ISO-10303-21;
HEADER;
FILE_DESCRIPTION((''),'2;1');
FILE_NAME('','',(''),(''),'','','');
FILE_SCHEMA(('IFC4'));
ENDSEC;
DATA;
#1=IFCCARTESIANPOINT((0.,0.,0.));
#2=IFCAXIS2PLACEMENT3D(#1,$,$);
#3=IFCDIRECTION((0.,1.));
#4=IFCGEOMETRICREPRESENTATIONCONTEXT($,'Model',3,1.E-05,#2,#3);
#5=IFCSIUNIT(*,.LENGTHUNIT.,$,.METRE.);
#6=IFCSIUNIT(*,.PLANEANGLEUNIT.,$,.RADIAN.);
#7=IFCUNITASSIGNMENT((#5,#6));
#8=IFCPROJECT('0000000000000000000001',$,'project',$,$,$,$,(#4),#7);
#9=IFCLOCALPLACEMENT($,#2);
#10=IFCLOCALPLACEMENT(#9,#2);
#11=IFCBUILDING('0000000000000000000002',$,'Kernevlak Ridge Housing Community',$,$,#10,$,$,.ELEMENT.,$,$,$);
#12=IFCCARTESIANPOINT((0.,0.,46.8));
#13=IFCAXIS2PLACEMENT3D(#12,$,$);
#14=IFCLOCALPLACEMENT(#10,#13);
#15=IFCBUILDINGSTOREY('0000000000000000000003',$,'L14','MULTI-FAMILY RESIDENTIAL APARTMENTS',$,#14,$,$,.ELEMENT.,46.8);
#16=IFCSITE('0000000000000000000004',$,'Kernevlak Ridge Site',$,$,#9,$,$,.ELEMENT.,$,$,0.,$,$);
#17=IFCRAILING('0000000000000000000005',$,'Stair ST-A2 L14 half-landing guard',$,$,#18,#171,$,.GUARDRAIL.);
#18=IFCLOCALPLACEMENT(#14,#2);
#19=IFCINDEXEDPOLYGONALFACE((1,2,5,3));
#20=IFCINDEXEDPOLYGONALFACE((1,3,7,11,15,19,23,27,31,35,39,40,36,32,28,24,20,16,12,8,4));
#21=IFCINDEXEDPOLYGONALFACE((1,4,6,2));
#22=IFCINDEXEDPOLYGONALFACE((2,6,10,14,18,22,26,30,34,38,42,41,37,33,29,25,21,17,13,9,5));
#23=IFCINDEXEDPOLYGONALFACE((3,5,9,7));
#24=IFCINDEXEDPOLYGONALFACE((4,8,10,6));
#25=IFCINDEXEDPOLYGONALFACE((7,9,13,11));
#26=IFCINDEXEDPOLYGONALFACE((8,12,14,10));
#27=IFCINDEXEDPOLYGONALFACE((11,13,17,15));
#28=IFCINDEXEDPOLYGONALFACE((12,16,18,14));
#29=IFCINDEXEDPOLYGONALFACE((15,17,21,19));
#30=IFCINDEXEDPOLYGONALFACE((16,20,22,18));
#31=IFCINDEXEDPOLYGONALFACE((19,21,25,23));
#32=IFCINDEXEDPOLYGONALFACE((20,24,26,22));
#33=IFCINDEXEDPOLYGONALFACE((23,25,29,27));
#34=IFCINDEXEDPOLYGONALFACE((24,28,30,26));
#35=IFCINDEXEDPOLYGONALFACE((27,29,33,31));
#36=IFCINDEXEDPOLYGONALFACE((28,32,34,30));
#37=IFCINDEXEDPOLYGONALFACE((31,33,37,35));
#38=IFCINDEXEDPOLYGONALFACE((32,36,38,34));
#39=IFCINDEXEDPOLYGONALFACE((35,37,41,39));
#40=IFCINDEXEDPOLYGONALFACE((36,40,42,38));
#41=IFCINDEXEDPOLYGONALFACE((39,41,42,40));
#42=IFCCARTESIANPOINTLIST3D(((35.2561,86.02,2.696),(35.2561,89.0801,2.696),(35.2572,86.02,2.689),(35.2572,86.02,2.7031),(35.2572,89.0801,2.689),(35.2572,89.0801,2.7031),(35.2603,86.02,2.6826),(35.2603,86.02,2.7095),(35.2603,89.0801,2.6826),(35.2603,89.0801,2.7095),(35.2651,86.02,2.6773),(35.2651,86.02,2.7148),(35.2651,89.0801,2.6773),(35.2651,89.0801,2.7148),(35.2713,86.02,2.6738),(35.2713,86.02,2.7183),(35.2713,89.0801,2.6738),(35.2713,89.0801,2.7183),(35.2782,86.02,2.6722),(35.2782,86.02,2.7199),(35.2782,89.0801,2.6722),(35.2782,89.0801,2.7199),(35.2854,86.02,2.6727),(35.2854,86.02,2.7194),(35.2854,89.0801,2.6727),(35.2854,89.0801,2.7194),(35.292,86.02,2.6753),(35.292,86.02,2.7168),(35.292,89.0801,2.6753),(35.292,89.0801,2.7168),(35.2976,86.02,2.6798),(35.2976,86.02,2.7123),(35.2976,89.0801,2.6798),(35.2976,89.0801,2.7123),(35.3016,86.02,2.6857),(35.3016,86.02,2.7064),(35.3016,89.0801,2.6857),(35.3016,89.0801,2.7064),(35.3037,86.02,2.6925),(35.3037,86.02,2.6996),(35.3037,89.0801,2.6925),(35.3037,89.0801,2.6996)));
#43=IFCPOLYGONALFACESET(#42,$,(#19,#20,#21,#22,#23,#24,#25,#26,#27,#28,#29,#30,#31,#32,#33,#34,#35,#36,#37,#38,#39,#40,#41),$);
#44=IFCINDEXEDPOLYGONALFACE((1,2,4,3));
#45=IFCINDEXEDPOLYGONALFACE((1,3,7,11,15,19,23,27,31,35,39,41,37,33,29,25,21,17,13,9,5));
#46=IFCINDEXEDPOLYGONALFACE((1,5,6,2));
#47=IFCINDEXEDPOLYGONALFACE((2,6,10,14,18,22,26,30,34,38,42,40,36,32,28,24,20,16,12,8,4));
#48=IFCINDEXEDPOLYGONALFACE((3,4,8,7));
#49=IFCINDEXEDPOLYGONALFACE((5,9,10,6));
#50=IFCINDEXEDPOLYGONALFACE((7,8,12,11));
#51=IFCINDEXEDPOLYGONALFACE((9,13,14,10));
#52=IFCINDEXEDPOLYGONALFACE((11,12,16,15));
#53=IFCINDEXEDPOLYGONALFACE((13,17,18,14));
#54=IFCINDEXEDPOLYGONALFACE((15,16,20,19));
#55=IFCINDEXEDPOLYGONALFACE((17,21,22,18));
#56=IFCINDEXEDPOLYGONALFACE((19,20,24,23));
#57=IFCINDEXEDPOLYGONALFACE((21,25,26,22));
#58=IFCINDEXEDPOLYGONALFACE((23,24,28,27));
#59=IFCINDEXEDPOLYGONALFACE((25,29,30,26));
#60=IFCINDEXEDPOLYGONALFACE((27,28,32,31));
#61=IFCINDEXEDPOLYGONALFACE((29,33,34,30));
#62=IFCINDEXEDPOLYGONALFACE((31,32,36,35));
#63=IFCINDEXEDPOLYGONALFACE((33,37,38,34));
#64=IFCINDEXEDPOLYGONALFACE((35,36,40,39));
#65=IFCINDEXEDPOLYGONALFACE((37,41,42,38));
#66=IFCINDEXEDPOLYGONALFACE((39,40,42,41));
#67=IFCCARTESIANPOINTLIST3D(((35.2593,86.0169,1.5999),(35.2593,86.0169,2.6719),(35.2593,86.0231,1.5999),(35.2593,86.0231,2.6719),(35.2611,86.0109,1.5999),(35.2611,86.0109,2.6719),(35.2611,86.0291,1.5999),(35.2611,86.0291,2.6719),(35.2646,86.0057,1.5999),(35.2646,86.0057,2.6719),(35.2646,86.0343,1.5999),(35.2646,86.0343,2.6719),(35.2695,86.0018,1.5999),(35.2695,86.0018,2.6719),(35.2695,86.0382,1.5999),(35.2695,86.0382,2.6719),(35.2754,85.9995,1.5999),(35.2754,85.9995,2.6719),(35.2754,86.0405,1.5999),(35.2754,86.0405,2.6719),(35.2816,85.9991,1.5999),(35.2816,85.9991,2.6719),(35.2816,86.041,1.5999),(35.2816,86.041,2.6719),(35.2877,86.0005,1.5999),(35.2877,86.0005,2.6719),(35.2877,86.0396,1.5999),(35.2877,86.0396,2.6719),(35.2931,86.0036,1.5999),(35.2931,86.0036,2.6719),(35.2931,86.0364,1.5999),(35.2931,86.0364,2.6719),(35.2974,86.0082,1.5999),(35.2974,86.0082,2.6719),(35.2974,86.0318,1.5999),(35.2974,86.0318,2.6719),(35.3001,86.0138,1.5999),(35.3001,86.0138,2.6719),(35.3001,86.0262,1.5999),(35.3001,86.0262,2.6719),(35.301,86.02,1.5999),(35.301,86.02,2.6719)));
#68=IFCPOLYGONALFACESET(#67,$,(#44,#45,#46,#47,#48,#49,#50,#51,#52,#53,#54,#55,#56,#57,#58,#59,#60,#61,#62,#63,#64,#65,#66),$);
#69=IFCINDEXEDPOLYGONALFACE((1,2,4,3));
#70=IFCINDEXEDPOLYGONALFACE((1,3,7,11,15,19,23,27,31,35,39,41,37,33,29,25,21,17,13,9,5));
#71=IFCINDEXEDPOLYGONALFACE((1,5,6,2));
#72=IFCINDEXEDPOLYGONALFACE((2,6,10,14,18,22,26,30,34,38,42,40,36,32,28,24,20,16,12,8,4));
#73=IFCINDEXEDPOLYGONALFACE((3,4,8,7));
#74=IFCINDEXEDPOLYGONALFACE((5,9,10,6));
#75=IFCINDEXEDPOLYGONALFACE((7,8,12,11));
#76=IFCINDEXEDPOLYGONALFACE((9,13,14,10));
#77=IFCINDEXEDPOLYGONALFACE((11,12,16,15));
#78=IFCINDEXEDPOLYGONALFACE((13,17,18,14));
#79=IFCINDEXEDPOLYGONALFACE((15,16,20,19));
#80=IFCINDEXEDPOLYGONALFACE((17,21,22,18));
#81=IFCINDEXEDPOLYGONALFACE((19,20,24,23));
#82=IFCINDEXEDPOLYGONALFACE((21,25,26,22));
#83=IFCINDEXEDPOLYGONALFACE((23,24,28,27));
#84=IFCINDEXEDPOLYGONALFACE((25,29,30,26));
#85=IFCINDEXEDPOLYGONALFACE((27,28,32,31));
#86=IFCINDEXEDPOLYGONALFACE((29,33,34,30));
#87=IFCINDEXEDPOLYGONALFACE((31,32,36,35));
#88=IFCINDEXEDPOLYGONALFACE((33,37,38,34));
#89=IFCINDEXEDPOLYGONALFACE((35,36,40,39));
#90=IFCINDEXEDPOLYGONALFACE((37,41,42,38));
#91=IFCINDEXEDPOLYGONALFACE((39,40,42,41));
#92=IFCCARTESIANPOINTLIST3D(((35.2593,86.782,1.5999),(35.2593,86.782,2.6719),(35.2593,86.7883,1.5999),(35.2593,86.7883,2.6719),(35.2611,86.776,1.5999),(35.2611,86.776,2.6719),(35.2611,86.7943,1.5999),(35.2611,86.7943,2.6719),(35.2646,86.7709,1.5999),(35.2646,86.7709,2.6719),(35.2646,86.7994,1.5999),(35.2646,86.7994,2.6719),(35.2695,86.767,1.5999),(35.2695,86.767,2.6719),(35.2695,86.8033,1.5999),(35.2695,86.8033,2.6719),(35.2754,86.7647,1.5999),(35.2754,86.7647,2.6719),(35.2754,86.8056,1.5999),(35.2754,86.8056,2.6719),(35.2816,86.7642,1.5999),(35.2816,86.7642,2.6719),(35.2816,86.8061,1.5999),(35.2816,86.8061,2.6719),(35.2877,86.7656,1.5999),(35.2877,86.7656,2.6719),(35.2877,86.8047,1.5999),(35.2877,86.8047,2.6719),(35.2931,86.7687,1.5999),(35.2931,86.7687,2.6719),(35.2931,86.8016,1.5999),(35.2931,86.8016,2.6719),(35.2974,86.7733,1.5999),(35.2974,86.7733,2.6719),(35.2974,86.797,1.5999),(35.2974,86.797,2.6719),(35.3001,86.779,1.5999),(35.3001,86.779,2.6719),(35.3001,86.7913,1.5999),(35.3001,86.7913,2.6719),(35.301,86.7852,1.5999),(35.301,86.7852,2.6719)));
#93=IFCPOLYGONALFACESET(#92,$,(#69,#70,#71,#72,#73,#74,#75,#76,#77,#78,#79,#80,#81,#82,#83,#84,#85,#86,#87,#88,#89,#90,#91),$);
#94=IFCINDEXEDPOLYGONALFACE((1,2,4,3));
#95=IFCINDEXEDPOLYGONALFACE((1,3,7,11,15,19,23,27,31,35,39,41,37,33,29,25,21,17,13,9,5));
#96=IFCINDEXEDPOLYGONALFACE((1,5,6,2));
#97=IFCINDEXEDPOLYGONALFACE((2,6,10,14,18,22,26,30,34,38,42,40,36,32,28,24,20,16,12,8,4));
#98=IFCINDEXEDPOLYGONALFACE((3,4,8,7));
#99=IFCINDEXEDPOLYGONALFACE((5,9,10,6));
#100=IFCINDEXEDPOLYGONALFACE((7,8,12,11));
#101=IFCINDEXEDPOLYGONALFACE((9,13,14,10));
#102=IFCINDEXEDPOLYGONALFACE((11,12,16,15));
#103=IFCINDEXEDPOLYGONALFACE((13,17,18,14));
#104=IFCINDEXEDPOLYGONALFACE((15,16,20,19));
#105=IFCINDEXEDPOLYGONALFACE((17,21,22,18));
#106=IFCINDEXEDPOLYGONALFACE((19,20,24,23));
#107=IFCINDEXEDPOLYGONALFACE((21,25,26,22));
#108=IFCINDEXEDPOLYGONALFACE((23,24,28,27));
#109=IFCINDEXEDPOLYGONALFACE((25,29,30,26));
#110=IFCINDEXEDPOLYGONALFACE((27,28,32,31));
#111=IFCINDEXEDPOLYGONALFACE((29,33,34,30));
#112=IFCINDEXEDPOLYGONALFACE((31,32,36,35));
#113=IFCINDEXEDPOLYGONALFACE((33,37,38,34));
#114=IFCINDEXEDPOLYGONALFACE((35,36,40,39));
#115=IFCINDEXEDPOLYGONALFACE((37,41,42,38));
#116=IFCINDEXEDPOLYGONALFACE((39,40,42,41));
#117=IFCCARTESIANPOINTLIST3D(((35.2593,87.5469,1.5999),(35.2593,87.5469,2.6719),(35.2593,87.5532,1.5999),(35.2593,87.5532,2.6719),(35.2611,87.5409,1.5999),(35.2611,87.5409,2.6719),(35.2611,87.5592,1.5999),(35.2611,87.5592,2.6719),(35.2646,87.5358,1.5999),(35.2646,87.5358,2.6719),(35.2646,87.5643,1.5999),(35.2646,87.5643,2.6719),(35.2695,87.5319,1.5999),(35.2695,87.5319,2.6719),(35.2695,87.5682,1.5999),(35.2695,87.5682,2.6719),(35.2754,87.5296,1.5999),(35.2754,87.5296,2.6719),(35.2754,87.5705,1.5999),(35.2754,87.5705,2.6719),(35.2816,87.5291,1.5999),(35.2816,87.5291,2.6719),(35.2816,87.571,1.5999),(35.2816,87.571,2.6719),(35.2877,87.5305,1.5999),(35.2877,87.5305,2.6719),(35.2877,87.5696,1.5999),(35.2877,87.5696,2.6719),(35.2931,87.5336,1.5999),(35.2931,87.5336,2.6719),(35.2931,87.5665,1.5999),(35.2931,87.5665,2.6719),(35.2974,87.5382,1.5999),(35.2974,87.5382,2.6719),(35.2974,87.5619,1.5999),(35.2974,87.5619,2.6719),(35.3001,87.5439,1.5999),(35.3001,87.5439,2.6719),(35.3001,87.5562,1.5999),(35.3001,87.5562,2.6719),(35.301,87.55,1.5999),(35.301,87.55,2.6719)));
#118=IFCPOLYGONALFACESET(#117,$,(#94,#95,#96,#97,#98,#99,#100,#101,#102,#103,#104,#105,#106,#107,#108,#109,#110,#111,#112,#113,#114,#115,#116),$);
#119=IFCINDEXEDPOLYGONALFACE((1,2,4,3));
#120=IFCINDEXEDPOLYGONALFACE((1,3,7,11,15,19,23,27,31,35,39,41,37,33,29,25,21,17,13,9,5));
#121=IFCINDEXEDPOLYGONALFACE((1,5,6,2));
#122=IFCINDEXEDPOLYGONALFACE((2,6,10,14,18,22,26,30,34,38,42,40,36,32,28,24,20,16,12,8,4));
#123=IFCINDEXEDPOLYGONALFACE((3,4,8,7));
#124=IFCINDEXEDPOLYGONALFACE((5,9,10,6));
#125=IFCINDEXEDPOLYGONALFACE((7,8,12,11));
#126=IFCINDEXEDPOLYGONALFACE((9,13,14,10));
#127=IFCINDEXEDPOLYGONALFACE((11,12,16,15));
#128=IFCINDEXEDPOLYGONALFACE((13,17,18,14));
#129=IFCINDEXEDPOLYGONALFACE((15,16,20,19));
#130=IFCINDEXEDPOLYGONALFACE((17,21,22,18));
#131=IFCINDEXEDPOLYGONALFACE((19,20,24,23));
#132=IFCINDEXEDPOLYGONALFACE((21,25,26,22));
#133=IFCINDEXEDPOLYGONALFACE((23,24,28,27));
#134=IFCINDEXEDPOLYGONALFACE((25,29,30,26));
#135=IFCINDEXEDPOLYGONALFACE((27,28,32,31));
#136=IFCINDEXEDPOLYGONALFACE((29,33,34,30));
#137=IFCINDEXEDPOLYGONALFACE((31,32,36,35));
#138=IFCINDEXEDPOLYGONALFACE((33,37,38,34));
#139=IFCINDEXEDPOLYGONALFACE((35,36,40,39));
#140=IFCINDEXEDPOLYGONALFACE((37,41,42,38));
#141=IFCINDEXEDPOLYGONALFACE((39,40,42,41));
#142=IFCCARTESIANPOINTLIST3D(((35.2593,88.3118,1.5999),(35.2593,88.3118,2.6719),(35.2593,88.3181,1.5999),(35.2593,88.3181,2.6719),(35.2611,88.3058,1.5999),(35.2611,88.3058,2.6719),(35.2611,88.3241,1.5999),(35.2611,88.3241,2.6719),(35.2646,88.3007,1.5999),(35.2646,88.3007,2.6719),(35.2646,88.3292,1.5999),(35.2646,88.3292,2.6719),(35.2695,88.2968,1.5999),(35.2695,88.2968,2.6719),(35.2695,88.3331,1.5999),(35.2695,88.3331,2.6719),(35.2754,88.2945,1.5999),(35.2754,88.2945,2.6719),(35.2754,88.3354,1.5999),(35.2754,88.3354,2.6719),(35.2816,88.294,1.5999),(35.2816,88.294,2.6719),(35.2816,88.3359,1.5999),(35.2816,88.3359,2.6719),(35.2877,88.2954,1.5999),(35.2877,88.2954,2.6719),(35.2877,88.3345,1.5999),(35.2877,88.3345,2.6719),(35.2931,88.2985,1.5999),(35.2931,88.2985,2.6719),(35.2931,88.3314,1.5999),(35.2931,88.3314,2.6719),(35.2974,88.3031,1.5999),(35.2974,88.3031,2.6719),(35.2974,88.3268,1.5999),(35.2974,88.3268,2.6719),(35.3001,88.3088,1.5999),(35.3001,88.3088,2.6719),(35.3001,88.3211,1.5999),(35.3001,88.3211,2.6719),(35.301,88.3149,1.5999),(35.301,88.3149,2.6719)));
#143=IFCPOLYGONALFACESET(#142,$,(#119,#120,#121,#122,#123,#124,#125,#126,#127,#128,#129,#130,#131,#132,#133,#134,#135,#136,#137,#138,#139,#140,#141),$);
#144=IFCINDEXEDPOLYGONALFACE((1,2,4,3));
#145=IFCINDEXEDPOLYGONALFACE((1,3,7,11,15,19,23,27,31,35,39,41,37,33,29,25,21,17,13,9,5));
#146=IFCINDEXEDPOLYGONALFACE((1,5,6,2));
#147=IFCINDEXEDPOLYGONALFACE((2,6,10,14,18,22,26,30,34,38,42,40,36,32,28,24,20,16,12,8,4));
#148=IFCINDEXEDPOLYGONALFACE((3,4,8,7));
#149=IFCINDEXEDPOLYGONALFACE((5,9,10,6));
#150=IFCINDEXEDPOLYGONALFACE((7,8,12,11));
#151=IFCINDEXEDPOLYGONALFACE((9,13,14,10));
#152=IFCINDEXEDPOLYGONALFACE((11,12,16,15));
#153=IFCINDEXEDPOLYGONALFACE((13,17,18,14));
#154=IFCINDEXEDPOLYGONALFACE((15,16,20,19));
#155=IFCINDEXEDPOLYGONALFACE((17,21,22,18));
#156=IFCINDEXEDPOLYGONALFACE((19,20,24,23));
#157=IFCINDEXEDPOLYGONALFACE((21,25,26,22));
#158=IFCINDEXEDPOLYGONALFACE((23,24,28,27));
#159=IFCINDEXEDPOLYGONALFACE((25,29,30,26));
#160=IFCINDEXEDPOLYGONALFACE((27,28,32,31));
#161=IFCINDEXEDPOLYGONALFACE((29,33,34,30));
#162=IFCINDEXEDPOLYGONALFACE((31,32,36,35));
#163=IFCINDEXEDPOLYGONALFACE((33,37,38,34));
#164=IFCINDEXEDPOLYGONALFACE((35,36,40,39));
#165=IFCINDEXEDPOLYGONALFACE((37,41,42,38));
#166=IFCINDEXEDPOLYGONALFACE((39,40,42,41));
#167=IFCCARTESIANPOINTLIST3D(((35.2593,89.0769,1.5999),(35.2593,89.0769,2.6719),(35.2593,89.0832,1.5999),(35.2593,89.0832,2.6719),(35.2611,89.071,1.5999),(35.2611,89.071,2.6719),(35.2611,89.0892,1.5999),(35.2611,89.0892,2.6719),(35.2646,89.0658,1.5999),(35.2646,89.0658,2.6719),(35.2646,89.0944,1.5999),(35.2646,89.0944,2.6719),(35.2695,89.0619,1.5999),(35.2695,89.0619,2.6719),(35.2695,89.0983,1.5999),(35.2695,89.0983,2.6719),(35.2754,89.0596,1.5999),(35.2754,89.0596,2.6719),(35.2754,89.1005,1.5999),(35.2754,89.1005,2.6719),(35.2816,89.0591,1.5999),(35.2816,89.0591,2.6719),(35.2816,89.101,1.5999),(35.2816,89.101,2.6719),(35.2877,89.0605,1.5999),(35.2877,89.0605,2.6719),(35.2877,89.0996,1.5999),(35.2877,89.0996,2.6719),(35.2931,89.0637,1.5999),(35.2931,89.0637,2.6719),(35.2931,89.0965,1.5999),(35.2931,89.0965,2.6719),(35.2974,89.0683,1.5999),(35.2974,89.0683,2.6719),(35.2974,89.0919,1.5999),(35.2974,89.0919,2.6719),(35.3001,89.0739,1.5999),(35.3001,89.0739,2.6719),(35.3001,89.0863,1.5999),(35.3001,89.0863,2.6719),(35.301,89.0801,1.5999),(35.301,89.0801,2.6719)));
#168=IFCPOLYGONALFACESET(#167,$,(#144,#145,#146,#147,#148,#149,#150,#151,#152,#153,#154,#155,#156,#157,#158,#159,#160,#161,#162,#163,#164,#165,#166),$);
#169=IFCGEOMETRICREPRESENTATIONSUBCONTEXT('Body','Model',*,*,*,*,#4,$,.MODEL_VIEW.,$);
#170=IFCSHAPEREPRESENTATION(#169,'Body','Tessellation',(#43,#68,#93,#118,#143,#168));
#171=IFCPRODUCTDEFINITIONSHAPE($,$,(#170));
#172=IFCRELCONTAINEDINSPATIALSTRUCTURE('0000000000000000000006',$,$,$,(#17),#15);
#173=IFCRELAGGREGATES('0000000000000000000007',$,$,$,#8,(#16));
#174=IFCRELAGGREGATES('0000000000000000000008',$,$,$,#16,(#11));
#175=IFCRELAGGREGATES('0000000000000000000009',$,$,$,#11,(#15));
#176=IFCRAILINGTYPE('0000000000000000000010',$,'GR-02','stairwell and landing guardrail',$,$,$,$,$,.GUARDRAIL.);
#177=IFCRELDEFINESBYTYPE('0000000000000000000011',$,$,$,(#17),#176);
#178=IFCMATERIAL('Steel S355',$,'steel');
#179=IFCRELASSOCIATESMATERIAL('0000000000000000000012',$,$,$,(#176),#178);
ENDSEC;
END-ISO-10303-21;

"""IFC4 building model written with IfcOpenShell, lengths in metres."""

from ifc_helpers import new_model, si_unit, direction, frame, origin, origin_2d, place, context, subcontext, project, spatial, circle, extrude, material, type_object, element, save


model = new_model("IFC4")

# Units and contexts
model_context = context("Model", 3, precision=1e-05, world=origin(), true_north=direction((0.0, 1.0)))
body_context = subcontext(model_context, "Body", "Model", "MODEL_VIEW")
ifc_project = project(units=[si_unit("LENGTHUNIT", "METRE"), si_unit("PLANEANGLEUNIT", "RADIAN")], contexts=[model_context])

# Site, building, storey
site_placement = place(None, origin())
site = spatial("IfcSite", under=ifc_project, at=site_placement, Name="Kernevlak Ridge Site", CompositionType="ELEMENT", RefElevation=0.0)
building_placement = place(site_placement, origin())
building = spatial("IfcBuilding", under=site, at=building_placement, Name="Kernevlak Ridge Housing Community", CompositionType="ELEMENT")
storey_placement = place(building_placement, frame((0.0, 0.0, 46.8)))
storey = spatial("IfcBuildingStorey", under=building, at=storey_placement, Name="L14", Description="MULTI-FAMILY RESIDENTIAL APARTMENTS", CompositionType="ELEMENT", Elevation=46.8)

# Railing
ifc_material_1 = material(Name="Steel S355", Category="steel")
railing_type_1 = type_object("IfcRailingType", Name="GR-02", Description="stairwell and landing guardrail", PredefinedType="GUARDRAIL", material=ifc_material_1)
railing_1_placement = place(storey_placement, frame((35.28, 86.02, 1.5999)))
element("IfcRailing", 1, at=railing_1_placement, inside=storey, type_object=railing_type_1, Name="Stair ST-A2 L14 half-landing guard", PredefinedType="GUARDRAIL", context=body_context, shape_type="SweptSolid", body=[
    extrude(circle(Radius=0.0239, at=origin_2d()), frame((0.0, 0.0, 1.0962), z_axis=(0.0, 1.0, 0.0), x_axis=(-1.0, 0.0, 0.0)), (0.0, 0.0, 1.0), 3.0601),
    extrude(circle(Radius=0.021, at=origin_2d()), origin(), (0.0, 0.0, 1.0), 1.072),
    extrude(circle(Radius=0.021, at=origin_2d()), frame((0.0, 0.7651, 0.0)), (0.0, 0.0, 1.0), 1.072),
    extrude(circle(Radius=0.021, at=origin_2d()), frame((0.0, 1.53, 0.0)), (0.0, 0.0, 1.0), 1.072),
    extrude(circle(Radius=0.021, at=origin_2d()), frame((0.0, 2.2949, 0.0)), (0.0, 0.0, 1.0), 1.072),
    extrude(circle(Radius=0.021, at=origin_2d()), frame((0.0, 3.0601, 0.0)), (0.0, 0.0, 1.0), 1.072),
])

save(model, "model.ifc")
